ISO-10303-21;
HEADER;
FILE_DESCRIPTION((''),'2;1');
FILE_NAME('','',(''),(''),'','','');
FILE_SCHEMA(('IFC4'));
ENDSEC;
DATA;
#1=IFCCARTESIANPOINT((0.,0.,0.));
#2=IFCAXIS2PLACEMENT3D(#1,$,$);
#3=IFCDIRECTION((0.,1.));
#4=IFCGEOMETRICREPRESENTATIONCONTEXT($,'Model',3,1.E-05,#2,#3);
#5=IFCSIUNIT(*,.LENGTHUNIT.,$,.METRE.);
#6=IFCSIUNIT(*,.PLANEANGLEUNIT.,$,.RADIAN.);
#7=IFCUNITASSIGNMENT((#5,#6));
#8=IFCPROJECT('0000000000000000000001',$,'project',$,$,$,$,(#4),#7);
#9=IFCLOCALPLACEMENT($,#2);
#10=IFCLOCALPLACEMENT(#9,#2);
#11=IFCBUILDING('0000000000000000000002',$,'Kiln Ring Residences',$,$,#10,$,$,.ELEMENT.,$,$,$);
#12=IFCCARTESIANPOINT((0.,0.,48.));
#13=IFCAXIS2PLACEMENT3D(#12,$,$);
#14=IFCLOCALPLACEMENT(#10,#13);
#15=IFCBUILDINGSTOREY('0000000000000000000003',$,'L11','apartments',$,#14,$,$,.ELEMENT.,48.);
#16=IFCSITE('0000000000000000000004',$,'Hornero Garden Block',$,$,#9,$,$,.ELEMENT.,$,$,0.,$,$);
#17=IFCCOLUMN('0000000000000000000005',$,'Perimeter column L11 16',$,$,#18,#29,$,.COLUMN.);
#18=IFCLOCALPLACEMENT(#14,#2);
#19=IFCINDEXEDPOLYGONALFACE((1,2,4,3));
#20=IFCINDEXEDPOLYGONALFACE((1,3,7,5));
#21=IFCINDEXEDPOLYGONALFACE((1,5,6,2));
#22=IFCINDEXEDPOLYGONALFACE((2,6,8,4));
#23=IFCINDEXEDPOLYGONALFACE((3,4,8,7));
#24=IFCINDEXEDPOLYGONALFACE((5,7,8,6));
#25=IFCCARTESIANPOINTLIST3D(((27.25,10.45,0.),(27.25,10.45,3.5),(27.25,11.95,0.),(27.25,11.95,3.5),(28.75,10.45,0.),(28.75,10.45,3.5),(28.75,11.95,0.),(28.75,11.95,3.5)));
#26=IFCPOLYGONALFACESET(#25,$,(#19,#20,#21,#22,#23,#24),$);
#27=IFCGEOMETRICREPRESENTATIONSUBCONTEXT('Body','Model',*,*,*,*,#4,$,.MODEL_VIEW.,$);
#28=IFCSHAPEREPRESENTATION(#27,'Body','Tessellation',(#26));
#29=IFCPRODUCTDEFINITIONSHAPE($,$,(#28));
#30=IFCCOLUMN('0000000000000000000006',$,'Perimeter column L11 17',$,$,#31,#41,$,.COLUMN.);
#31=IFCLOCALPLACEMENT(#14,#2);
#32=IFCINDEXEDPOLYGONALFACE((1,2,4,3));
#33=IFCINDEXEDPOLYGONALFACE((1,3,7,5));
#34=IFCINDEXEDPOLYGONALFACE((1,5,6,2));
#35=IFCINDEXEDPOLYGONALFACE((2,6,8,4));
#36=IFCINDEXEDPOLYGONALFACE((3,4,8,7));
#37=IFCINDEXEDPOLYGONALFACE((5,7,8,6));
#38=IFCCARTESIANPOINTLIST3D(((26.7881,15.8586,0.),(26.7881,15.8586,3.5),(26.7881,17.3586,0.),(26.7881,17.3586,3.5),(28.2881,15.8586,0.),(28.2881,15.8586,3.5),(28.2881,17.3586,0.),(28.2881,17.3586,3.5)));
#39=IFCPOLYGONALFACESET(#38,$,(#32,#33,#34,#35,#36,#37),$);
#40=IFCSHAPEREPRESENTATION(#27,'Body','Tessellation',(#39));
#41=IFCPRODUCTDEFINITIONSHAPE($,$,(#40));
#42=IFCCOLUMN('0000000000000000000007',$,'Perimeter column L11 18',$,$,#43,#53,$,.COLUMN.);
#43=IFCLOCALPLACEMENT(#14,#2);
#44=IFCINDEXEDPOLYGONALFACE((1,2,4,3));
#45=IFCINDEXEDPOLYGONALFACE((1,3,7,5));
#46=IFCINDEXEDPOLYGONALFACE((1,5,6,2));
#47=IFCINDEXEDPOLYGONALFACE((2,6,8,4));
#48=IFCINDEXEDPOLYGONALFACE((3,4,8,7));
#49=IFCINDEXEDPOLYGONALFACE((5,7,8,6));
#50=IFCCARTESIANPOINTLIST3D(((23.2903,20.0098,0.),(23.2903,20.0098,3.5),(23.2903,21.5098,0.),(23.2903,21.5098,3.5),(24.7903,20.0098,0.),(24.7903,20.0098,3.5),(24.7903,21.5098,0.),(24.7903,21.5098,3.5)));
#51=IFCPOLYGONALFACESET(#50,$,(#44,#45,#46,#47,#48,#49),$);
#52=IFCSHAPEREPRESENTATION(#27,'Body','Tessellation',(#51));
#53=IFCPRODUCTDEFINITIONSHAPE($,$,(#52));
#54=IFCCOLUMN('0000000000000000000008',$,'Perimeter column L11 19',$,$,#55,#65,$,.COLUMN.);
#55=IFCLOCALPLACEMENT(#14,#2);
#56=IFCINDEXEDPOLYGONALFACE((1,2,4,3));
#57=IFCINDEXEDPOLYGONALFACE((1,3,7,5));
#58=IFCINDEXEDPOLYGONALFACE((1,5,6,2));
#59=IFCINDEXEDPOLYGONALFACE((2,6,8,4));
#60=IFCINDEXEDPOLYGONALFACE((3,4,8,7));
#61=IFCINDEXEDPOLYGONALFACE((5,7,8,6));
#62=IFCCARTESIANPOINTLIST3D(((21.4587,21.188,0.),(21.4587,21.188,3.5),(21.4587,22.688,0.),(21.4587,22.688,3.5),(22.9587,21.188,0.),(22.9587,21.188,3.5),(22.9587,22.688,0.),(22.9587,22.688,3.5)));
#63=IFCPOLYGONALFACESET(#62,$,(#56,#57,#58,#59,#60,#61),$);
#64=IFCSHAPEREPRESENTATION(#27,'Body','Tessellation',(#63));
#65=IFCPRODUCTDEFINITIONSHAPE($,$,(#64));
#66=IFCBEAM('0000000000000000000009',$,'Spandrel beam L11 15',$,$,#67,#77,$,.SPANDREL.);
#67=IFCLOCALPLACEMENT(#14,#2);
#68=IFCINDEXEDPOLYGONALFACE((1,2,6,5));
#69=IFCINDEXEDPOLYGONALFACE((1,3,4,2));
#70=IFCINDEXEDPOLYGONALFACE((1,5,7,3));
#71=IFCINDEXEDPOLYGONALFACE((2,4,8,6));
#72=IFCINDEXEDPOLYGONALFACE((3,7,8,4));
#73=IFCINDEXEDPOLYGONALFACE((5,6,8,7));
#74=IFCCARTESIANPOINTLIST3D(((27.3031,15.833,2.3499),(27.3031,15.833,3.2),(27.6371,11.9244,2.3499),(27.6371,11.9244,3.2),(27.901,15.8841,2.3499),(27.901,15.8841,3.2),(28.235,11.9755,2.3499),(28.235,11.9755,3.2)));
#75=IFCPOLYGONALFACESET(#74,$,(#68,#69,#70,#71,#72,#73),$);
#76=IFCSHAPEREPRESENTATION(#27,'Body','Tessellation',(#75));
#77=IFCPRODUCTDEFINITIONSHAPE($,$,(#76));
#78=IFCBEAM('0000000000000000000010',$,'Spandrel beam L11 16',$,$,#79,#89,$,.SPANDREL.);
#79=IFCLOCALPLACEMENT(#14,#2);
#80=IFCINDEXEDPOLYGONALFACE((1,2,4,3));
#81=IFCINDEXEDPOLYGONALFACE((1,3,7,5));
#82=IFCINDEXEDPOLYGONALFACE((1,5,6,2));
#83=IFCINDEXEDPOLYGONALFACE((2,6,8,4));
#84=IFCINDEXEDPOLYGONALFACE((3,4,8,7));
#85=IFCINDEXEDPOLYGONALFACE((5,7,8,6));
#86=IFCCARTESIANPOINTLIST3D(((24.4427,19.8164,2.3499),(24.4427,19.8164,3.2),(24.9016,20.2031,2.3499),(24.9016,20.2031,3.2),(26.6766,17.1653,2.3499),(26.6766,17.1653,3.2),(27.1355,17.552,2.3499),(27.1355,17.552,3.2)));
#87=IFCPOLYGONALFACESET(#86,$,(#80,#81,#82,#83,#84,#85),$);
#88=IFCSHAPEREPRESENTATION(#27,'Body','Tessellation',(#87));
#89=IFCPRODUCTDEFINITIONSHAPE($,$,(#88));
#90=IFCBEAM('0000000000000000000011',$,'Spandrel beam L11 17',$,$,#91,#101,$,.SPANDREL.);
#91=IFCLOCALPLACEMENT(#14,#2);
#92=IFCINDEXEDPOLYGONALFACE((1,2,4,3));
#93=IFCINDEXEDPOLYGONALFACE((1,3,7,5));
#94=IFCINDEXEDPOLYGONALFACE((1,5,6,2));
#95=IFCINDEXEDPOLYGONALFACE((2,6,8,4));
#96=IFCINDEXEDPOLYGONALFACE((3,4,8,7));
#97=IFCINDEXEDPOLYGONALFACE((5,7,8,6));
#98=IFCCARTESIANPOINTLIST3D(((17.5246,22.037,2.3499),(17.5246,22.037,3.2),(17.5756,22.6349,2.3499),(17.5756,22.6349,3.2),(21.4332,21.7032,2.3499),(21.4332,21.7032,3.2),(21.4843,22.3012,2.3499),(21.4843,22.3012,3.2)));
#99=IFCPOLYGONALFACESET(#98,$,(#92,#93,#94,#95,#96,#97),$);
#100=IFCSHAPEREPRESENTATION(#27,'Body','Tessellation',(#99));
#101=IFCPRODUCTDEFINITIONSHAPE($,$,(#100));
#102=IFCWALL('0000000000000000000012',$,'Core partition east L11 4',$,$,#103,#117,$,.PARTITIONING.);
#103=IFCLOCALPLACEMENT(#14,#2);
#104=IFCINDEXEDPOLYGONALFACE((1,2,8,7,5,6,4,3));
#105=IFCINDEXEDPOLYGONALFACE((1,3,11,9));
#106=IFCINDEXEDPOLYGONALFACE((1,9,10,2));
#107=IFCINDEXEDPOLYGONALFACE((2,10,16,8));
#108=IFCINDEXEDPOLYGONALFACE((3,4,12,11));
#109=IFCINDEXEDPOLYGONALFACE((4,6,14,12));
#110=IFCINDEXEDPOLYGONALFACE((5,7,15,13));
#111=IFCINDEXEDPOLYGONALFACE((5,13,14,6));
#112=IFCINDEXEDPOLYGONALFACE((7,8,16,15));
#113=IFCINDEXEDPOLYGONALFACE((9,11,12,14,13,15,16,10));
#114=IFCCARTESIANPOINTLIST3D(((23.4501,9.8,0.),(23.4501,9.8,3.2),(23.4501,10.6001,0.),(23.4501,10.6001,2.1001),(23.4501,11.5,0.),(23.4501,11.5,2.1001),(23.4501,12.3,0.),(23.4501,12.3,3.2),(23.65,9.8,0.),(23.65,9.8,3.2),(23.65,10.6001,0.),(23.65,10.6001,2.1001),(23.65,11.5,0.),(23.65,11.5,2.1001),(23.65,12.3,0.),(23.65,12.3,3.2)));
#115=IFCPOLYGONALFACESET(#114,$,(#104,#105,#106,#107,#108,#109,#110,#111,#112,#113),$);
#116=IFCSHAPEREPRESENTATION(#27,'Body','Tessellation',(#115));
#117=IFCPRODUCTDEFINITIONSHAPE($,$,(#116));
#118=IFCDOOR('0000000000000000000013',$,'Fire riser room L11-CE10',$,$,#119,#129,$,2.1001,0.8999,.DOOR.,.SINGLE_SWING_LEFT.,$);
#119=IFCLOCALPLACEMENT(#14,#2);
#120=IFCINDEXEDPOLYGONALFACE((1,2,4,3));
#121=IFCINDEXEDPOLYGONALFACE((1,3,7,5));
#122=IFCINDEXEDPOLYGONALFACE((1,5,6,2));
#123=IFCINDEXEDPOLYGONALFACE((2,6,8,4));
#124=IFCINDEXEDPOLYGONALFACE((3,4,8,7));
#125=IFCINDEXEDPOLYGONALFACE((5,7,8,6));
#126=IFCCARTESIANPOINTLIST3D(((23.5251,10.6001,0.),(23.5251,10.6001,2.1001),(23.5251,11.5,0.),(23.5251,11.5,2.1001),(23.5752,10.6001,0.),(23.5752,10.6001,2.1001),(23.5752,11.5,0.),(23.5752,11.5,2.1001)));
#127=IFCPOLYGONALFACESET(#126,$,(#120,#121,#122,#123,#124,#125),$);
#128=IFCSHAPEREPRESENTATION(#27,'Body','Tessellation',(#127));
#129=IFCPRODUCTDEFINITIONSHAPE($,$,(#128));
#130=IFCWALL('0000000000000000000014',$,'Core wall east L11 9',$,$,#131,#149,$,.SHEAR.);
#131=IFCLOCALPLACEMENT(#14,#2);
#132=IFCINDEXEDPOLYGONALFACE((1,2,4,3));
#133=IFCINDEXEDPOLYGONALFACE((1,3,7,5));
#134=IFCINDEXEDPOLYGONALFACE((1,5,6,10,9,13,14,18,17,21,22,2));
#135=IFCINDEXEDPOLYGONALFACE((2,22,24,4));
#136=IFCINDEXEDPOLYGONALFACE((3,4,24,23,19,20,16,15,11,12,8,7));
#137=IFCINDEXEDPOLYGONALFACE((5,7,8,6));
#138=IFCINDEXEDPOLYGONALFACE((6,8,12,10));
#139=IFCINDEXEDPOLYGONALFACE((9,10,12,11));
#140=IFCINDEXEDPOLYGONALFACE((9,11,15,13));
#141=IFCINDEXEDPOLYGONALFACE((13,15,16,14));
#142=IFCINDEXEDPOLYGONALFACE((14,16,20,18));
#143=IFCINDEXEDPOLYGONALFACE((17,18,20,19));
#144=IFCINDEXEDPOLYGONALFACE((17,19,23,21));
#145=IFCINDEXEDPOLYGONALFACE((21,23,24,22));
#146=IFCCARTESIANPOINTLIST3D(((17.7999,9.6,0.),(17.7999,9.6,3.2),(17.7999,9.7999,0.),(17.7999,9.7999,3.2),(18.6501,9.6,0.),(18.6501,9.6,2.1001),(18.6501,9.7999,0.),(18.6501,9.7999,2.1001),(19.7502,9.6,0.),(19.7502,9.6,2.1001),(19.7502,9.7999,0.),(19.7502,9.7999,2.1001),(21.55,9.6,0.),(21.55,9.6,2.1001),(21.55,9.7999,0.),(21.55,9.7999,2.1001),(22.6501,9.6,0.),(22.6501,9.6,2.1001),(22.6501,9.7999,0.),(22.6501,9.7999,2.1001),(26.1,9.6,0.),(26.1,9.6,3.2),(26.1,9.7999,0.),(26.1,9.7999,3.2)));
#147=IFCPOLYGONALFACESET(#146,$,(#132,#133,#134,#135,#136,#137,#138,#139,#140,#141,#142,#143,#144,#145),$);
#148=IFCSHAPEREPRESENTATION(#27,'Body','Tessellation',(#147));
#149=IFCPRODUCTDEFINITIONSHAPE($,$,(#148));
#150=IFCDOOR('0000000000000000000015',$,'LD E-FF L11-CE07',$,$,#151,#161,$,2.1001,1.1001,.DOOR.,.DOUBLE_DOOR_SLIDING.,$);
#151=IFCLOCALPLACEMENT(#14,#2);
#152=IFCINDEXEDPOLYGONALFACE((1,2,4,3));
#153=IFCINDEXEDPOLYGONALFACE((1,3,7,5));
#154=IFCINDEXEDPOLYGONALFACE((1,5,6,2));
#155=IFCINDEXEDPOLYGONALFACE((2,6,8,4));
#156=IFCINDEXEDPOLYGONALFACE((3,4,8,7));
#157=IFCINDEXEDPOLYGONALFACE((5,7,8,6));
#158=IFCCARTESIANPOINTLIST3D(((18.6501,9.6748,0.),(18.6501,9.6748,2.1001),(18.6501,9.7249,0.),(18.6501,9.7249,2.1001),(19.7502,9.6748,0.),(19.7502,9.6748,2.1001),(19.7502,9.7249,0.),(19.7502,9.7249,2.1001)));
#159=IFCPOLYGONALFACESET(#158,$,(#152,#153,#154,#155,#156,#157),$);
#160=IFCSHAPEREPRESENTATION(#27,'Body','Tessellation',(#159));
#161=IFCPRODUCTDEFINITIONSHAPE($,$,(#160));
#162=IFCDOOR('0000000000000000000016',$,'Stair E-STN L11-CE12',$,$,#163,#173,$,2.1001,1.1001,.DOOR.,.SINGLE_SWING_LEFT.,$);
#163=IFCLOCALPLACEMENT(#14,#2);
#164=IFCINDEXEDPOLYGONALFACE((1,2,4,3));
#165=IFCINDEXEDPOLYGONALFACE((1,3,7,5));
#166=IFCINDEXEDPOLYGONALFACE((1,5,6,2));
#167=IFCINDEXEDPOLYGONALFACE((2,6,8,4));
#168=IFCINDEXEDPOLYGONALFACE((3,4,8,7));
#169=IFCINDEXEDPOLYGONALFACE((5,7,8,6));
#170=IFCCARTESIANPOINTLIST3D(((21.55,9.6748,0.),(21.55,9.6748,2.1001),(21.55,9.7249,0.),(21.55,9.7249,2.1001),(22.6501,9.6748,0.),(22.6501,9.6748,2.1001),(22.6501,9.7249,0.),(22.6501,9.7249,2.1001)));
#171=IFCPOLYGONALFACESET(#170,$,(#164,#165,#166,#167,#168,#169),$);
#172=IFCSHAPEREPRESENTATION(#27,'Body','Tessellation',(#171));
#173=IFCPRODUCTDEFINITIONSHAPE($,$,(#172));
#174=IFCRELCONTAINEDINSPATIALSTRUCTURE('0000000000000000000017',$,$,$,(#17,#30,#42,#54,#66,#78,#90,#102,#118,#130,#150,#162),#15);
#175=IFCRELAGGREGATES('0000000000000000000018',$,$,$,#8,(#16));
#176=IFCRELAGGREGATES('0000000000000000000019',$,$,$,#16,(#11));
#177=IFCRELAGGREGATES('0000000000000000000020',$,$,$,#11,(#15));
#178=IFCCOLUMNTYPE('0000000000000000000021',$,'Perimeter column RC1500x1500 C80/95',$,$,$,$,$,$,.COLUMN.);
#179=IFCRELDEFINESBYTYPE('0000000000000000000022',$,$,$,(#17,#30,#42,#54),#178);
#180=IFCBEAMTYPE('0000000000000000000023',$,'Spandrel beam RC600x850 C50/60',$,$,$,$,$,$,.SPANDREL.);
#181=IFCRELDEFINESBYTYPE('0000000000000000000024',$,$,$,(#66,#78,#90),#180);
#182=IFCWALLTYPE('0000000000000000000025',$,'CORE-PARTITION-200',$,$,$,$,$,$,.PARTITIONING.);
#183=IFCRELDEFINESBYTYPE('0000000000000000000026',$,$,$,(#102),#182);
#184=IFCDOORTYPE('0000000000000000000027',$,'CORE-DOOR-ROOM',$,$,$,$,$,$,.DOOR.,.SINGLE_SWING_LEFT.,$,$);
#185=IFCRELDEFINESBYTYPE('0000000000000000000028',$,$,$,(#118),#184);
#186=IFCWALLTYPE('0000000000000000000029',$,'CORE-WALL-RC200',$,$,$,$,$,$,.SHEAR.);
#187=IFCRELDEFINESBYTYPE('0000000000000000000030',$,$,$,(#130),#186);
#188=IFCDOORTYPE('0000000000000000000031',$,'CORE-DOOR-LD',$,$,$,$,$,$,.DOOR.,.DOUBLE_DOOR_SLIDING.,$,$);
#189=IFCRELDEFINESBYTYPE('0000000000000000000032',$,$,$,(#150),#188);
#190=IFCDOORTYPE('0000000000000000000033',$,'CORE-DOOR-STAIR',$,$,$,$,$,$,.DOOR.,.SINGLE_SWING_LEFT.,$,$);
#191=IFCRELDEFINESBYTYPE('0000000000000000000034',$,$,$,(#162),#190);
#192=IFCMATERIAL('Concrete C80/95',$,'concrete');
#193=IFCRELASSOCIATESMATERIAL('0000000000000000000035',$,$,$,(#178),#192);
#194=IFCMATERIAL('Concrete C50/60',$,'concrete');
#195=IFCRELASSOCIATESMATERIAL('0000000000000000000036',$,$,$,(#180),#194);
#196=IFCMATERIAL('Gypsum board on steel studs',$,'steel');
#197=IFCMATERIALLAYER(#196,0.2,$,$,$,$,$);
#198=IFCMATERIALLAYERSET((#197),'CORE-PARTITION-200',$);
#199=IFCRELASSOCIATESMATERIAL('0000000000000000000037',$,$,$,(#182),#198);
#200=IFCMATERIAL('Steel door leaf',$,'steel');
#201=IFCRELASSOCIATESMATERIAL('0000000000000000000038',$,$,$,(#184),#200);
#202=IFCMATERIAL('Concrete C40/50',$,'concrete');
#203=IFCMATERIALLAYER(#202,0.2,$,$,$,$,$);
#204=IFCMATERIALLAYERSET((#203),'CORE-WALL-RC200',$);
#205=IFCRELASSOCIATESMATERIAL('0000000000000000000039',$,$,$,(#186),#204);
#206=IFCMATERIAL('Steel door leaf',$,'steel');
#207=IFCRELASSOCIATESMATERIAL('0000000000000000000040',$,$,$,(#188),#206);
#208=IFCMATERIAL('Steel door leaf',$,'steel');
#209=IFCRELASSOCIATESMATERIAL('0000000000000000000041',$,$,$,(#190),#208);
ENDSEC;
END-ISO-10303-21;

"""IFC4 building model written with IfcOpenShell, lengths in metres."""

from ifc_helpers import new_model, si_unit, direction, frame, frame_2d, origin, origin_2d, place, context, subcontext, project, spatial, rectangle, extrude, material, layer, layer_set, material_profile, profile_set, type_object, element, fill, save


model = new_model("IFC4")

# Units and contexts
model_context = context("Model", 3, precision=1e-05, world=origin(), true_north=direction((0.0, 1.0)))
body_context = subcontext(model_context, "Body", "Model", "MODEL_VIEW")
ifc_project = project(units=[si_unit("LENGTHUNIT", "METRE"), si_unit("PLANEANGLEUNIT", "RADIAN")], contexts=[model_context])

# Site, building, storey
site_placement = place(None, origin())
site = spatial("IfcSite", under=ifc_project, at=site_placement, Name="Hornero Garden Block", CompositionType="ELEMENT", RefElevation=0.0)
building_placement = place(site_placement, origin())
building = spatial("IfcBuilding", under=site, at=building_placement, Name="Kiln Ring Residences", CompositionType="ELEMENT")
storey_placement = place(building_placement, frame((0.0, 0.0, 48.0)))
storey = spatial("IfcBuildingStorey", under=building, at=storey_placement, Name="L11", Description="apartments", CompositionType="ELEMENT", Elevation=48.0)

# Columns
ifc_material_1 = material(Name="Concrete C80/95", Category="concrete")
ifc_material_profile_1 = material_profile(ifc_material_1, rectangle(XDim=1.5, YDim=1.5, at=origin_2d()), Name="RC1500x1500")
ifc_profile_set_1 = profile_set([ifc_material_profile_1], Name="Concrete C80/95")
column_type = type_object("IfcColumnType", Name="Perimeter column RC1500x1500 C80/95", PredefinedType="COLUMN", material=ifc_profile_set_1)
for number, where, z_axis, x_axis, name in (
    (1, (28.0, 11.2, 0.0), (0.0, 0.0, 1.0), (1.0, 0.0, 0.0), "Perimeter column L11 16"),
    (2, (27.5381, 16.6086, 0.0), (0.0, 0.0, 1.0), (1.0, 0.0, 0.0), "Perimeter column L11 17"),
    (3, (24.0403, 20.7598, 0.0), (0.0, 0.0, 1.0), (1.0, 0.0, 0.0), "Perimeter column L11 18"),
    (4, (22.2087, 21.938, 0.0), (0.0, 0.0, 1.0), (1.0, 0.0, 0.0), "Perimeter column L11 19"),
):
    element("IfcColumn", number, at=place(storey_placement, frame(where, z_axis=z_axis, x_axis=x_axis)), inside=storey, type_object=column_type, Name=name, PredefinedType="COLUMN", context=body_context, shape_type="SweptSolid", body=[
        extrude(rectangle(XDim=1.5, YDim=1.5, at=origin_2d()), origin(), (0.0, 0.0, 1.0), 3.5),
    ])

# Beams
ifc_material_2 = material(Name="Concrete C50/60", Category="concrete")
ifc_material_profile_2 = material_profile(ifc_material_2, rectangle(XDim=0.6001, YDim=0.8501, at=origin_2d()), Name="RC600x850")
ifc_profile_set_2 = profile_set([ifc_material_profile_2], Name="Concrete C50/60")
beam_type = type_object("IfcBeamType", Name="Spandrel beam RC600x850 C50/60", PredefinedType="SPANDREL", material=ifc_profile_set_2)
beam_1_placement = place(storey_placement, frame((27.936, 11.95, 2.7749), z_axis=(-0.085136, 0.996369, 0.0), x_axis=(-0.996369, -0.085136, 0.0)))
element("IfcBeam", 5, at=beam_1_placement, inside=storey, type_object=beam_type, Name="Spandrel beam L11 15", PredefinedType="SPANDREL", context=body_context, shape_type="SweptSolid", body=[
    extrude(rectangle(XDim=0.6001, YDim=0.8501, at=origin_2d()), origin(), (0.0, 0.0, 1.0), 3.9229),
])
beam_2_placement = place(storey_placement, frame((26.906, 17.3586, 2.7749), z_axis=(-0.644366, 0.764718, 0.0), x_axis=(-0.764718, -0.644366, 0.0)))
element("IfcBeam", 6, at=beam_2_placement, inside=storey, type_object=beam_type, Name="Spandrel beam L11 16", PredefinedType="SPANDREL", context=body_context, shape_type="SweptSolid", body=[
    extrude(rectangle(XDim=0.6001, YDim=0.8501, at=origin_2d()), origin(), (0.0, 0.0, 1.0), 3.4668),
])
beam_3_placement = place(storey_placement, frame((21.4587, 22.0022, 2.7749), z_axis=(-0.996375, 0.085075, 0.0), x_axis=(-0.085075, -0.996375, 0.0)))
element("IfcBeam", 7, at=beam_3_placement, inside=storey, type_object=beam_type, Name="Spandrel beam L11 17", PredefinedType="SPANDREL", context=body_context, shape_type="SweptSolid", body=[
    extrude(rectangle(XDim=0.6001, YDim=0.8501, at=origin_2d()), origin(), (0.0, 0.0, 1.0), 3.9229),
])

# Wall, opening, door
ifc_material_3 = material(Name="Gypsum board on steel studs", Category="steel")
ifc_layer_1 = layer(ifc_material_3, 0.2)
ifc_layer_set_1 = layer_set([ifc_layer_1], Name="CORE-PARTITION-200")
wall_type_1 = type_object("IfcWallType", Name="CORE-PARTITION-200", PredefinedType="PARTITIONING", material=ifc_layer_set_1)
wall_1_placement = place(storey_placement, frame((23.55, 9.8, 0.0), z_axis=(0.0, 0.0, 1.0), x_axis=(0.0, 1.0, 0.0)))
wall_1 = element("IfcWall", 8, at=wall_1_placement, inside=storey, type_object=wall_type_1, Name="Core partition east L11 4", PredefinedType="PARTITIONING", context=body_context, shape_type="SweptSolid", body=[
    extrude(rectangle(XDim=2.5, YDim=0.2, at=frame_2d((1.25, 0.0))), origin(), (0.0, 0.0, 1.0), 3.2),
])
opening_1_placement = place(wall_1_placement, frame((0.8, 0.0, 0.0)))
opening_1 = element("IfcOpeningElement", 9, at=opening_1_placement, cuts=wall_1, PredefinedType="OPENING", context=body_context, shape_type="SweptSolid", body=[
    extrude(rectangle(XDim=0.8999, YDim=2.1001, at=frame_2d((0.45, 1.05))), frame((0.0, 0.1099, 0.0), z_axis=(0.0, -1.0, 0.0), x_axis=(1.0, 0.0, 0.0)), (0.0, 0.0, 1.0), 0.22),
])
ifc_material_4 = material(Name="Steel door leaf", Category="steel")
door_type_1 = type_object("IfcDoorType", Name="CORE-DOOR-ROOM", OperationType="SINGLE_SWING_LEFT", PredefinedType="DOOR", material=ifc_material_4)
door_1_placement = place(opening_1_placement, origin())
door_1 = element("IfcDoor", 10, at=door_1_placement, inside=storey, type_object=door_type_1, Name="Fire riser room L11-CE10", OperationType="SINGLE_SWING_LEFT", OverallHeight=2.1001, OverallWidth=0.8999, PredefinedType="DOOR", context=body_context, shape_type="SweptSolid", body=[
    extrude(rectangle(XDim=0.8999, YDim=2.1001, at=frame_2d((0.45, 1.05))), frame((0.0, 0.0249, 0.0), z_axis=(0.0, -1.0, 0.0), x_axis=(1.0, 0.0, 0.0)), (0.0, 0.0, 1.0), 0.05),
])
fill(opening_1, door_1)

# Wall, openings, doors
ifc_material_5 = material(Name="Concrete C40/50", Category="concrete")
ifc_layer_2 = layer(ifc_material_5, 0.2)
ifc_layer_set_2 = layer_set([ifc_layer_2], Name="CORE-WALL-RC200")
wall_type_2 = type_object("IfcWallType", Name="CORE-WALL-RC200", PredefinedType="SHEAR", material=ifc_layer_set_2)
wall_2_placement = place(storey_placement, frame((17.8, 9.7, 0.0), z_axis=(0.0, 0.0, 1.0), x_axis=(1.0, 0.0, 0.0)))
wall_2 = element("IfcWall", 11, at=wall_2_placement, inside=storey, type_object=wall_type_2, Name="Core wall east L11 9", PredefinedType="SHEAR", context=body_context, shape_type="SweptSolid", body=[
    extrude(rectangle(XDim=8.3, YDim=0.2, at=frame_2d((4.1499, 0.0))), origin(), (0.0, 0.0, 1.0), 3.2),
])
opening_2_placement = place(wall_2_placement, frame((0.8501, 0.0, 0.0)))
opening_2 = element("IfcOpeningElement", 12, at=opening_2_placement, cuts=wall_2, PredefinedType="OPENING", context=body_context, shape_type="SweptSolid", body=[
    extrude(rectangle(XDim=1.1001, YDim=2.1001, at=frame_2d((0.55, 1.05))), frame((0.0, 0.1099, 0.0), z_axis=(0.0, -1.0, 0.0), x_axis=(1.0, 0.0, 0.0)), (0.0, 0.0, 1.0), 0.22),
])
opening_3_placement = place(wall_2_placement, frame((3.75, 0.0, 0.0)))
opening_3 = element("IfcOpeningElement", 13, at=opening_3_placement, cuts=wall_2, PredefinedType="OPENING", context=body_context, shape_type="SweptSolid", body=[
    extrude(rectangle(XDim=1.1001, YDim=2.1001, at=frame_2d((0.55, 1.05))), frame((0.0, 0.1099, 0.0), z_axis=(0.0, -1.0, 0.0), x_axis=(1.0, 0.0, 0.0)), (0.0, 0.0, 1.0), 0.22),
])
ifc_material_6 = material(Name="Steel door leaf", Category="steel")
door_type_2 = type_object("IfcDoorType", Name="CORE-DOOR-LD", OperationType="DOUBLE_DOOR_SLIDING", PredefinedType="DOOR", material=ifc_material_6)
door_2_placement = place(opening_2_placement, origin())
door_2 = element("IfcDoor", 14, at=door_2_placement, inside=storey, type_object=door_type_2, Name="LD E-FF L11-CE07", OperationType="DOUBLE_DOOR_SLIDING", OverallHeight=2.1001, OverallWidth=1.1001, PredefinedType="DOOR", context=body_context, shape_type="SweptSolid", body=[
    extrude(rectangle(XDim=1.1001, YDim=2.1001, at=frame_2d((0.55, 1.05))), frame((0.0, 0.0249, 0.0), z_axis=(0.0, -1.0, 0.0), x_axis=(1.0, 0.0, 0.0)), (0.0, 0.0, 1.0), 0.05),
])
fill(opening_2, door_2)
ifc_material_7 = material(Name="Steel door leaf", Category="steel")
door_type_3 = type_object("IfcDoorType", Name="CORE-DOOR-STAIR", OperationType="SINGLE_SWING_LEFT", PredefinedType="DOOR", material=ifc_material_7)
door_3_placement = place(opening_3_placement, origin())
door_3 = element("IfcDoor", 15, at=door_3_placement, inside=storey, type_object=door_type_3, Name="Stair E-STN L11-CE12", OperationType="SINGLE_SWING_LEFT", OverallHeight=2.1001, OverallWidth=1.1001, PredefinedType="DOOR", context=body_context, shape_type="SweptSolid", body=[
    extrude(rectangle(XDim=1.1001, YDim=2.1001, at=frame_2d((0.55, 1.05))), frame((0.0, 0.0249, 0.0), z_axis=(0.0, -1.0, 0.0), x_axis=(1.0, 0.0, 0.0)), (0.0, 0.0, 1.0), 0.05),
])
fill(opening_3, door_3)

save(model, "model.ifc")
